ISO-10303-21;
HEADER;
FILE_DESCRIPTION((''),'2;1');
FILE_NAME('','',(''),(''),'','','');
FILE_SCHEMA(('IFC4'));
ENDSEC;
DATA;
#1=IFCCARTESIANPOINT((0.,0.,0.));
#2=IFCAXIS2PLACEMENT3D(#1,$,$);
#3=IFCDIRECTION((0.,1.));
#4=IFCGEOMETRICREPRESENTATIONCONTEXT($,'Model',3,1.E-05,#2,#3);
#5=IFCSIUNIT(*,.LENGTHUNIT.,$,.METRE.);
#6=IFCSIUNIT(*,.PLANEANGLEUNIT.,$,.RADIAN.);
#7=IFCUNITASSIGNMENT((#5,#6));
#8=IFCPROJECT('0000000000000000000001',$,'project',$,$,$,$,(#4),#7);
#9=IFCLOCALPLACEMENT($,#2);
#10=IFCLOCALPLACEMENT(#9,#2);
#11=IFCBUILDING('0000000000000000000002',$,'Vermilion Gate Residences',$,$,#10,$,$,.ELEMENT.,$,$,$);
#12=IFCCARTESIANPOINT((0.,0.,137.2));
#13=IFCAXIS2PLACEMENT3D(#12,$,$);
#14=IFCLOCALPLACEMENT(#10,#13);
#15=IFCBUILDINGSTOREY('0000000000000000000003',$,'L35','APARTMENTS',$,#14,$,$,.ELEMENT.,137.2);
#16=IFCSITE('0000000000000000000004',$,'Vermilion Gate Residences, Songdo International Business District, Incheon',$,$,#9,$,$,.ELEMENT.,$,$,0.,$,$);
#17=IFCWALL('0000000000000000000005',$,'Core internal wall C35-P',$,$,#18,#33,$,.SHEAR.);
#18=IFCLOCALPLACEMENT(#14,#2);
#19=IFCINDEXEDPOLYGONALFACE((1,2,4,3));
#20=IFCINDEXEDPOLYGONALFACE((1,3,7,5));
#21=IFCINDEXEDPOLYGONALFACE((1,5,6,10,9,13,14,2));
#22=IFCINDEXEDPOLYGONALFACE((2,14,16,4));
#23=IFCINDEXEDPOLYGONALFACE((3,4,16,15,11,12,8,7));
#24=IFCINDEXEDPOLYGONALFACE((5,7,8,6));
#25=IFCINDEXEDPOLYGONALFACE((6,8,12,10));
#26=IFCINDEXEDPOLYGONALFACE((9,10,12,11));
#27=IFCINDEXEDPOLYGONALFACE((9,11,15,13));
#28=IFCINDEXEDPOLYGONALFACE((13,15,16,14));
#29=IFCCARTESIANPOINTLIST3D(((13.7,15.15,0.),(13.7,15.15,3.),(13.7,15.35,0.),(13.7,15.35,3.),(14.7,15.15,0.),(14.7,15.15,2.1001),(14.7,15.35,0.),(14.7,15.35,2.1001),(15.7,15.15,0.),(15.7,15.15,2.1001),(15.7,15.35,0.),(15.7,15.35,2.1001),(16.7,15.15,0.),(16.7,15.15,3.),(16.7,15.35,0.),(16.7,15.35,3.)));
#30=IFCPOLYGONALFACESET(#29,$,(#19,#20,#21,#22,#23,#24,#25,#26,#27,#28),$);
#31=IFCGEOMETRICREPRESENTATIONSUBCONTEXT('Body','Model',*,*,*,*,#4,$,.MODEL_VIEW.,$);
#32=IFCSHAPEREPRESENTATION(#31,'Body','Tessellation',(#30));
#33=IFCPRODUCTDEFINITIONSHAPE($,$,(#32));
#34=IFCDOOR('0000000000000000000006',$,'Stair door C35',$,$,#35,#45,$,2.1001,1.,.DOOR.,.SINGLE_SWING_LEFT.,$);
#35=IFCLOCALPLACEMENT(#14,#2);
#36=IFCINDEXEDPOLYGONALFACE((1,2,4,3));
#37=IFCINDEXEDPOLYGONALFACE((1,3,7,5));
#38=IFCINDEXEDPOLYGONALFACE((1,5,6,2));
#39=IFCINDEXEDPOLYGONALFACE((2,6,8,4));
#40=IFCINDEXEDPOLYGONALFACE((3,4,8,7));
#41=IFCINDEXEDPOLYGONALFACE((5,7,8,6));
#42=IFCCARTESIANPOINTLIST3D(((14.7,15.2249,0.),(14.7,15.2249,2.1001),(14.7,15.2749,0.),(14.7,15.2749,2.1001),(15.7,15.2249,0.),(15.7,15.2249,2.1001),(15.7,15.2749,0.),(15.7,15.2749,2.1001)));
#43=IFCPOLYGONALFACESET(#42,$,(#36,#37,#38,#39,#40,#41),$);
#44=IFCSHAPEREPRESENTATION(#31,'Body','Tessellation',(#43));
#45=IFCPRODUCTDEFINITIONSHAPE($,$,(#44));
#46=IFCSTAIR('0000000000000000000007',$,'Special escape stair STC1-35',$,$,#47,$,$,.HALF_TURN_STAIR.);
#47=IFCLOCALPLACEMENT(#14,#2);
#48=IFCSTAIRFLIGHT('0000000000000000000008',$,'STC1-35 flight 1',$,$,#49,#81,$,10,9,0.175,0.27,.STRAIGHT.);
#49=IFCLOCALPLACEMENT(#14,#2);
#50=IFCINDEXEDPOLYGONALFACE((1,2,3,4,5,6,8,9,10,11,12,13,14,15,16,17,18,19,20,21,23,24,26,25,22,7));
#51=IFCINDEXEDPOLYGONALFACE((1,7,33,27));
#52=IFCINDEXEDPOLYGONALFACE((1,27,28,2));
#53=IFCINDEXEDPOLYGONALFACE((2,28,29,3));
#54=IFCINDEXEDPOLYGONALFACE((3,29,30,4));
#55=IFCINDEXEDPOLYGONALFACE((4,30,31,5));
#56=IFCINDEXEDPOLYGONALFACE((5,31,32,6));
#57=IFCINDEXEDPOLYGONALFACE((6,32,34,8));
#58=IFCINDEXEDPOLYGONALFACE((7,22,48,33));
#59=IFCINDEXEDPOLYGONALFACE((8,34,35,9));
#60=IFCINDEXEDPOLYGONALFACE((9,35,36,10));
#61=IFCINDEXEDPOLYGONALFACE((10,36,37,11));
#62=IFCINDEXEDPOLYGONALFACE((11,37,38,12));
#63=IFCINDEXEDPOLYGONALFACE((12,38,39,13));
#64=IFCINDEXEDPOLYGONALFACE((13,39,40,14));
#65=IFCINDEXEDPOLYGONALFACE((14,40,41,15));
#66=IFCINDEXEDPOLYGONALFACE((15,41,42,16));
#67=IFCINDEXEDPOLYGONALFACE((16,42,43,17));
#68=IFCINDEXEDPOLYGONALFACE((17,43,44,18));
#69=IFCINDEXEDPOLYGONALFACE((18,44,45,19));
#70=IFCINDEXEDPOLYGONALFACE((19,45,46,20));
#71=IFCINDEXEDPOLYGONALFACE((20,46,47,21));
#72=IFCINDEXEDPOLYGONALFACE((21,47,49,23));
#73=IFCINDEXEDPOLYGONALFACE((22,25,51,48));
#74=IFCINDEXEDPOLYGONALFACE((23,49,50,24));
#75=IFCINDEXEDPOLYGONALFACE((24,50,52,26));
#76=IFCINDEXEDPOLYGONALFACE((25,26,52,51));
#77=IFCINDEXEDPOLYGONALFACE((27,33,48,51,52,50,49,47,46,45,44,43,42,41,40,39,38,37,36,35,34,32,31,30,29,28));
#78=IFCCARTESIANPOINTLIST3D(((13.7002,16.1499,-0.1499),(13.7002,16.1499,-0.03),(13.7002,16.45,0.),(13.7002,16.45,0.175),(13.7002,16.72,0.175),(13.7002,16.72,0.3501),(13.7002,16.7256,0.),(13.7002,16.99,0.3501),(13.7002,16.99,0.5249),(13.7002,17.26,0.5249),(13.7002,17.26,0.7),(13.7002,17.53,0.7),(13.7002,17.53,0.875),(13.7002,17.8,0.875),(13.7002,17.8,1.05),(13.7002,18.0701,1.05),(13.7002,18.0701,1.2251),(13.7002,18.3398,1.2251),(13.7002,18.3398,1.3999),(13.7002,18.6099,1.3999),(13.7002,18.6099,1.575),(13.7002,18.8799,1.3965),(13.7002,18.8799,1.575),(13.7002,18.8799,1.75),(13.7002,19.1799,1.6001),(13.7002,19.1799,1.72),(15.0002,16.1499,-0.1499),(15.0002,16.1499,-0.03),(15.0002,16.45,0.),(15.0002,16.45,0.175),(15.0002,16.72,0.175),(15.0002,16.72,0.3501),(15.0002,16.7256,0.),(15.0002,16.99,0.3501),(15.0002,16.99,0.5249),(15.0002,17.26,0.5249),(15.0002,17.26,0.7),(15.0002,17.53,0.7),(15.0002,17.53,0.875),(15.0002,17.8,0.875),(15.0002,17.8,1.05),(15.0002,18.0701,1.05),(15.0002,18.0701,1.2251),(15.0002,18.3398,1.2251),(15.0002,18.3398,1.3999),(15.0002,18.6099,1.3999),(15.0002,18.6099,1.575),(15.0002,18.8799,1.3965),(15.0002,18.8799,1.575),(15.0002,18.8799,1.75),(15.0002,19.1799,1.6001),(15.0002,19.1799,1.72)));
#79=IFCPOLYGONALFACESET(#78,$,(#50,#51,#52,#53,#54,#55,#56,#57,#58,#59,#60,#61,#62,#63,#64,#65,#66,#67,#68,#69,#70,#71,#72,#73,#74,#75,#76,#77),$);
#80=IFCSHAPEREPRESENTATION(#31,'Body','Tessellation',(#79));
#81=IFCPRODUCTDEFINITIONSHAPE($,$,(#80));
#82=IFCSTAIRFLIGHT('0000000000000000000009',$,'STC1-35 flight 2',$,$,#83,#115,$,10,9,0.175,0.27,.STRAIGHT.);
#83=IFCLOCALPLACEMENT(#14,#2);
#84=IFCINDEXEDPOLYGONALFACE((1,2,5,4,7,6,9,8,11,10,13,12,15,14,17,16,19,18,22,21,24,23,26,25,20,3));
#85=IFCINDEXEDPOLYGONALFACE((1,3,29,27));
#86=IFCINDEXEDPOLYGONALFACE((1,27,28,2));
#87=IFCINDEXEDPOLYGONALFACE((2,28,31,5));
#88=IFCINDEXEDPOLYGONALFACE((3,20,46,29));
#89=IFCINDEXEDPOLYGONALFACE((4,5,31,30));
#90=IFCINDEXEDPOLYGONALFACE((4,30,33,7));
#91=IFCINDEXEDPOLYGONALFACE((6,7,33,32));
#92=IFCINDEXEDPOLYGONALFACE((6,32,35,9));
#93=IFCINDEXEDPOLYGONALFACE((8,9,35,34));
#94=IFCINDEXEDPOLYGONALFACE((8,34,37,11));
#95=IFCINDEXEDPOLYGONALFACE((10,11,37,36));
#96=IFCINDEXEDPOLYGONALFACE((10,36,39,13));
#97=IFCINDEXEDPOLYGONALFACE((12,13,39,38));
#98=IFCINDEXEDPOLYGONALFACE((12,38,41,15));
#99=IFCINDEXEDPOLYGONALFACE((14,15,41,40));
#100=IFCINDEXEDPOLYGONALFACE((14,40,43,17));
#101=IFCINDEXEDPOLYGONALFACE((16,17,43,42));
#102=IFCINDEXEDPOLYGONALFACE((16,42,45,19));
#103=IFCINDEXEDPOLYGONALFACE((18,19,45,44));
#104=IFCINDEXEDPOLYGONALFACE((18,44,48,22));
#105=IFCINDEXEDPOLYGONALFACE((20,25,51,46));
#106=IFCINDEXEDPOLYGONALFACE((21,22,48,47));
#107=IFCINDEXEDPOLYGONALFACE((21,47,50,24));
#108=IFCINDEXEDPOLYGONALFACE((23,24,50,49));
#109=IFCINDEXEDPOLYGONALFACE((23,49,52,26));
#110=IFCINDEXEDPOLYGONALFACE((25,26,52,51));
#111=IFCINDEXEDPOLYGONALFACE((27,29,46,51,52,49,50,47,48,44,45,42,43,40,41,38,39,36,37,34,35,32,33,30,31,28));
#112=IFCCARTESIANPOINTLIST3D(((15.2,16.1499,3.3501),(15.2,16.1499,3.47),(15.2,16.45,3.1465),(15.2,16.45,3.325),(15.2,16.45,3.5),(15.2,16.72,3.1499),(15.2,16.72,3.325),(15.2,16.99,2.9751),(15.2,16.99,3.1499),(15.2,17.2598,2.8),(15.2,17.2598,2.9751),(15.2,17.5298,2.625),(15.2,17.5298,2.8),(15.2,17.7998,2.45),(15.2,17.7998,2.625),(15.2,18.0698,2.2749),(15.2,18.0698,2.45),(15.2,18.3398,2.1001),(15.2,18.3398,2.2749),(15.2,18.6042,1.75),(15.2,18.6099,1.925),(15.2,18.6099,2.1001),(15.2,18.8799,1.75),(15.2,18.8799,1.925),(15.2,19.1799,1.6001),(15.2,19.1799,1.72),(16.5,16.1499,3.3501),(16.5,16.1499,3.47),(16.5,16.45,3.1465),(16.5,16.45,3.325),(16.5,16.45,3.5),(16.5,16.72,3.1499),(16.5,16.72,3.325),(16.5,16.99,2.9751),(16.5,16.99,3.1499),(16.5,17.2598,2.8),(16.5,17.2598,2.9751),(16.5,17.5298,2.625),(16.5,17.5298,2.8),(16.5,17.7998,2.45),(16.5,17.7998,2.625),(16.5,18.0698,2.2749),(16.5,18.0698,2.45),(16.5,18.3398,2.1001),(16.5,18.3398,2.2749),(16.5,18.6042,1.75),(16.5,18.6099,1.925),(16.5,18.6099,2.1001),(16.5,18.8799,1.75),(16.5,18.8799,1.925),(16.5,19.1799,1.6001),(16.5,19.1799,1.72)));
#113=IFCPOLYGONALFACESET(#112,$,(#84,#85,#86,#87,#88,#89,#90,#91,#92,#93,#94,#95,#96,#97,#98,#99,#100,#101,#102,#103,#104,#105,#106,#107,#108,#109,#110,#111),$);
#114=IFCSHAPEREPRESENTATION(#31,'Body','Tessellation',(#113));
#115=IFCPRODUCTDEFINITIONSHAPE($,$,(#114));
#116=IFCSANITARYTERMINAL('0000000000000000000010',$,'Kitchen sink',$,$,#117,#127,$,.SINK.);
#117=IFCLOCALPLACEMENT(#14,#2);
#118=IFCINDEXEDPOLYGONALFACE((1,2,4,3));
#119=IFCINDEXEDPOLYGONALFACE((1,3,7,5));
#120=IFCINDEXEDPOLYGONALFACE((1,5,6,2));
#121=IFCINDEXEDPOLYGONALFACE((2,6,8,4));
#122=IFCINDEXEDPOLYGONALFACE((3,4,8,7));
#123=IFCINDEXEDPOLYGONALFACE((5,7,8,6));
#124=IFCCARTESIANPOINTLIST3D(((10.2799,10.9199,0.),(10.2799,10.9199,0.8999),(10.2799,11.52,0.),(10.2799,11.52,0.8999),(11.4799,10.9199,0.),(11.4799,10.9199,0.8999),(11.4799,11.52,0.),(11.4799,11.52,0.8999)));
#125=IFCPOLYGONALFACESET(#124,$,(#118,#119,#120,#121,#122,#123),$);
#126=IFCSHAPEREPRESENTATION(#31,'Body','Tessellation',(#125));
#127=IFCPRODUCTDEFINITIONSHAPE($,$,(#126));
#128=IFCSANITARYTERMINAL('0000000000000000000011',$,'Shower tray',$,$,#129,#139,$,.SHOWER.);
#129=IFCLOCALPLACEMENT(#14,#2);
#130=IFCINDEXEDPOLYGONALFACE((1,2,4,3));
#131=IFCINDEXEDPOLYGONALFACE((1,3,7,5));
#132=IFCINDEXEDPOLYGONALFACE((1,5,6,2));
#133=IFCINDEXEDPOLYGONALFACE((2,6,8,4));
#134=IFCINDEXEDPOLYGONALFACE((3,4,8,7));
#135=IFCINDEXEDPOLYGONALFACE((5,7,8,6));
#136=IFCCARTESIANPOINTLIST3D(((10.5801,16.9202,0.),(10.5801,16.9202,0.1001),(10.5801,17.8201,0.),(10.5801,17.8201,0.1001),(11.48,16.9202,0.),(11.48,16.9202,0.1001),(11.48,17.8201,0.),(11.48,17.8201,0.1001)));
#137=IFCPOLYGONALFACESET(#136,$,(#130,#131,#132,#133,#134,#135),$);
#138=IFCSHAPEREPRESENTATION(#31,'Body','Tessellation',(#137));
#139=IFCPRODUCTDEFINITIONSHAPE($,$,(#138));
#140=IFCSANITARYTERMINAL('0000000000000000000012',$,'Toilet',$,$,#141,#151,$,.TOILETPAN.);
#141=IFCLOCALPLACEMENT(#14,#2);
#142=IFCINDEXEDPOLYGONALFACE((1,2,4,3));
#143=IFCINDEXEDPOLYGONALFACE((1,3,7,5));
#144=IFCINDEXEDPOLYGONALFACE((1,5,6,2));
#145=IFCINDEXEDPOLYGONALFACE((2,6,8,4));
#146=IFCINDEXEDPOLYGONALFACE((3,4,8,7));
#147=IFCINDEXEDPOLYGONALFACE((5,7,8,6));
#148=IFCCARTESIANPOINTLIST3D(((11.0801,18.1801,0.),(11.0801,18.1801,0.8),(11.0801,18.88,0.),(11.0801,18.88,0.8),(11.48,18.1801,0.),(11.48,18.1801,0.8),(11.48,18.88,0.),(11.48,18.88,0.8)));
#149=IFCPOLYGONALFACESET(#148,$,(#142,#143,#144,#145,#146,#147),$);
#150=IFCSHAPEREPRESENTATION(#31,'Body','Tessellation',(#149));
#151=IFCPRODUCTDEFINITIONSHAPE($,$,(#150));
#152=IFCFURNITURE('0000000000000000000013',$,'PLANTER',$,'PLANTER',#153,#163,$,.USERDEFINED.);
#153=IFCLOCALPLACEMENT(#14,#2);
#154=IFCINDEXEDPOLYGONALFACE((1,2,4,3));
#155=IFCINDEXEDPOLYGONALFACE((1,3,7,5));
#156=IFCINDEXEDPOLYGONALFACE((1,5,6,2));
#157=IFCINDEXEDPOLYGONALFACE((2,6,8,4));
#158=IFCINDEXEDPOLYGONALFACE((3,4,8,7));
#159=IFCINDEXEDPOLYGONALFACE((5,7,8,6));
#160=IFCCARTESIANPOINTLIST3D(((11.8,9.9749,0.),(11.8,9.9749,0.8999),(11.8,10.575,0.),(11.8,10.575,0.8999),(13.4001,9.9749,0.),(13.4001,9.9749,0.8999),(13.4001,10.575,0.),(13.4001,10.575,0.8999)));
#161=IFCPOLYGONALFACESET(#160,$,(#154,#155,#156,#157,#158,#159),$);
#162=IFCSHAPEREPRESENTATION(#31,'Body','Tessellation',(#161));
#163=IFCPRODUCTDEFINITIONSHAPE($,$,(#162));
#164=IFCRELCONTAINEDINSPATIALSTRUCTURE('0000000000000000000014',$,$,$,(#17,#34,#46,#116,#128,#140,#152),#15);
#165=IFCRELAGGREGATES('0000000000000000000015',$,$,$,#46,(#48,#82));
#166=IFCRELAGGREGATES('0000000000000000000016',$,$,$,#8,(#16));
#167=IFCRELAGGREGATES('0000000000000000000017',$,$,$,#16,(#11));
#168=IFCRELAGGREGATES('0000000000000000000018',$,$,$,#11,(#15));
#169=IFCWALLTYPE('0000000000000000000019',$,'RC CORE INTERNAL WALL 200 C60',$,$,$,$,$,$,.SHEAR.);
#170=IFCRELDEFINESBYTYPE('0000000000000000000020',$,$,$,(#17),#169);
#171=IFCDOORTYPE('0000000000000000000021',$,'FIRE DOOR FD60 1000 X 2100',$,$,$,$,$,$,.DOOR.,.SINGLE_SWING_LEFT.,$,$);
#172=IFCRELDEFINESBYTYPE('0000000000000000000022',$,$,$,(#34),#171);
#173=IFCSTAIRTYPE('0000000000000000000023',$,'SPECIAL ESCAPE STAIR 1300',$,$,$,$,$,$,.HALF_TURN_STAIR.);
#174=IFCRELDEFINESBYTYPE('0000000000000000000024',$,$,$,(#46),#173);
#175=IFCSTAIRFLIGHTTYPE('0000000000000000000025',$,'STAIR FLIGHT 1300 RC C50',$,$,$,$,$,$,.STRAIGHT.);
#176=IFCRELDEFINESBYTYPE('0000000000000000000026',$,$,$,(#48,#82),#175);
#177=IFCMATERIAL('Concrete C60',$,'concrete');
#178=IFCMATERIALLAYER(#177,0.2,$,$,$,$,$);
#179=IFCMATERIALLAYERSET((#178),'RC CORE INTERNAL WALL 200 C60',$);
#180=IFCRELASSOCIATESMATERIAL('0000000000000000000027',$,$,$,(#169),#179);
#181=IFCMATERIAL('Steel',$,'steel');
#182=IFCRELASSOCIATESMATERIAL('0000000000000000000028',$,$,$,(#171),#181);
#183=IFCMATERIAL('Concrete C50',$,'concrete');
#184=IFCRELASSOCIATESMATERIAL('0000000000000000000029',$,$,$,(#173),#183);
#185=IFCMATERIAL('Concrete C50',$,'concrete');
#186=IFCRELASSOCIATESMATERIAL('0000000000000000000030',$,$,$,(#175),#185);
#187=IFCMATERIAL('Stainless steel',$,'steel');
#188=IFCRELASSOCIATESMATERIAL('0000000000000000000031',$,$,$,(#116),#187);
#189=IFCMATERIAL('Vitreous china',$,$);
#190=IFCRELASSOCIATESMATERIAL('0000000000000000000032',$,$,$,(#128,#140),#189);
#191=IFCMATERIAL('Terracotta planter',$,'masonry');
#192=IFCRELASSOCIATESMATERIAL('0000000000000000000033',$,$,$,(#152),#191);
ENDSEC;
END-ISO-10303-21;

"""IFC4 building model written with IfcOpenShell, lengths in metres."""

from ifc_helpers import new_model, si_unit, direction, frame, frame_2d, origin, origin_2d, place, context, subcontext, project, spatial, polyline, rectangle, outline, extrude, material, layer, layer_set, type_object, element, fill, aggregate, save


model = new_model("IFC4")

# Units and contexts
model_context = context("Model", 3, precision=1e-05, world=origin(), true_north=direction((0.0, 1.0)))
body_context = subcontext(model_context, "Body", "Model", "MODEL_VIEW")
ifc_project = project(units=[si_unit("LENGTHUNIT", "METRE"), si_unit("PLANEANGLEUNIT", "RADIAN")], contexts=[model_context])

# Site, building, storey
site_placement = place(None, origin())
site = spatial("IfcSite", under=ifc_project, at=site_placement, Name="Vermilion Gate Residences, Songdo International Business District, Incheon", CompositionType="ELEMENT", RefElevation=0.0)
building_placement = place(site_placement, origin())
building = spatial("IfcBuilding", under=site, at=building_placement, Name="Vermilion Gate Residences", CompositionType="ELEMENT")
storey_placement = place(building_placement, frame((0.0, 0.0, 137.2)))
storey = spatial("IfcBuildingStorey", under=building, at=storey_placement, Name="L35", Description="APARTMENTS", CompositionType="ELEMENT", Elevation=137.2)

# Shared definitions
ifc_material_1 = material(Name="Concrete C60", Category="concrete")
ifc_layer_1 = layer(ifc_material_1, 0.2)
ifc_layer_set_1 = layer_set([ifc_layer_1], Name="RC CORE INTERNAL WALL 200 C60")
wall_type_1 = type_object("IfcWallType", Name="RC CORE INTERNAL WALL 200 C60", PredefinedType="SHEAR", material=ifc_layer_set_1)
ifc_material_2 = material(Name="Steel", Category="steel")
door_type_1 = type_object("IfcDoorType", Name="FIRE DOOR FD60 1000 X 2100", OperationType="SINGLE_SWING_LEFT", PredefinedType="DOOR", material=ifc_material_2)

# Wall, opening, door
wall_1_placement = place(storey_placement, frame((13.7, 15.25, 0.0), z_axis=(0.0, 0.0, 1.0), x_axis=(1.0, 0.0, 0.0)))
wall_1 = element("IfcWall", 1, at=wall_1_placement, inside=storey, type_object=wall_type_1, Name="Core internal wall C35-P", PredefinedType="SHEAR", context=body_context, shape_type="SweptSolid", body=[
    extrude(rectangle(XDim=3.0, YDim=0.2, at=frame_2d((1.5, 0.0))), origin(), (0.0, 0.0, 1.0), 3.0),
])
opening_1_placement = place(wall_1_placement, frame((1.0, 0.0, 0.0)))
opening_1 = element("IfcOpeningElement", 2, at=opening_1_placement, cuts=wall_1, PredefinedType="OPENING", context=body_context, shape_type="SweptSolid", body=[
    extrude(rectangle(XDim=1.0, YDim=2.1001, at=frame_2d((0.5, 1.05))), frame((0.0, 0.1099, 0.0), z_axis=(0.0, -1.0, 0.0), x_axis=(1.0, 0.0, 0.0)), (0.0, 0.0, 1.0), 0.22),
])
door_1_placement = place(opening_1_placement, origin())
door_1 = element("IfcDoor", 3, at=door_1_placement, inside=storey, type_object=door_type_1, Name="Stair door C35", OperationType="SINGLE_SWING_LEFT", OverallHeight=2.1001, OverallWidth=1.0, PredefinedType="DOOR", context=body_context, shape_type="SweptSolid", body=[
    extrude(rectangle(XDim=1.0, YDim=2.1001, at=frame_2d((0.5, 1.05))), frame((0.0, 0.0249, 0.0), z_axis=(0.0, -1.0, 0.0), x_axis=(1.0, 0.0, 0.0)), (0.0, 0.0, 1.0), 0.05),
])
fill(opening_1, door_1)

# Stair, stair flights
ifc_material_3 = material(Name="Concrete C50", Category="concrete")
stair_type = type_object("IfcStairType", Name="SPECIAL ESCAPE STAIR 1300", PredefinedType="HALF_TURN_STAIR", material=ifc_material_3)
stair_placement = place(storey_placement, origin())
stair = element("IfcStair", 4, at=stair_placement, inside=storey, type_object=stair_type, Name="Special escape stair STC1-35", PredefinedType="HALF_TURN_STAIR")
ifc_material_4 = material(Name="Concrete C50", Category="concrete")
stair_flight_type = type_object("IfcStairFlightType", Name="STAIR FLIGHT 1300 RC C50", PredefinedType="STRAIGHT", material=ifc_material_4)
stair_flight_1_placement = place(storey_placement, frame((14.3501, 16.45, 0.0), z_axis=(0.0, 0.0, 1.0), x_axis=(0.0, 1.0, 0.0)))
stair_flight_1 = element("IfcStairFlight", 5, at=stair_flight_1_placement, type_object=stair_flight_type, Name="STC1-35 flight 1", NumberOfRisers=10, NumberOfTreads=9, PredefinedType="STRAIGHT", RiserHeight=0.175, TreadLength=0.27, context=body_context, shape_type="SweptSolid", body=[
    extrude(outline(polyline([(-0.3, -0.1499), (-0.3, -0.03), (0.0, 0.0), (0.0, 0.175), (0.27, 0.175), (0.27, 0.3501), (0.54, 0.3501), (0.54, 0.5249), (0.8101, 0.5249), (0.8101, 0.7), (1.0801, 0.7), (1.0801, 0.875), (1.3501, 0.875), (1.3501, 1.05), (1.6201, 1.05), (1.6201, 1.2251), (1.8899, 1.2251), (1.8899, 1.3999), (2.1599, 1.3999), (2.1599, 1.575), (2.4299, 1.575), (2.4299, 1.75), (2.73, 1.72), (2.73, 1.6001), (2.4299, 1.3965), (0.2756, 0.0), (-0.3, -0.1499)])), frame((0.0, 0.6499, 0.0), z_axis=(0.0, -1.0, 0.0), x_axis=(1.0, 0.0, 0.0)), (0.0, 0.0, 1.0), 1.3),
])
stair_flight_2_placement = place(storey_placement, frame((15.8501, 18.8799, 1.75), z_axis=(0.0, 0.0, 1.0), x_axis=(0.0, -1.0, 0.0)))
stair_flight_2 = element("IfcStairFlight", 6, at=stair_flight_2_placement, type_object=stair_flight_type, Name="STC1-35 flight 2", NumberOfRisers=10, NumberOfTreads=9, PredefinedType="STRAIGHT", RiserHeight=0.175, TreadLength=0.27, context=body_context, shape_type="SweptSolid", body=[
    extrude(outline(polyline([(-0.3, -0.1499), (-0.3, -0.03), (0.0, 0.0), (0.0, 0.175), (0.27, 0.175), (0.27, 0.3501), (0.54, 0.3501), (0.54, 0.5249), (0.8101, 0.5249), (0.8101, 0.7), (1.0801, 0.7), (1.0801, 0.875), (1.3501, 0.875), (1.3501, 1.05), (1.6201, 1.05), (1.6201, 1.2251), (1.8899, 1.2251), (1.8899, 1.3999), (2.1599, 1.3999), (2.1599, 1.575), (2.4299, 1.575), (2.4299, 1.75), (2.73, 1.72), (2.73, 1.6001), (2.4299, 1.3965), (0.2756, 0.0), (-0.3, -0.1499)])), frame((0.0, 0.6499, 0.0), z_axis=(0.0, -1.0, 0.0), x_axis=(1.0, 0.0, 0.0)), (0.0, 0.0, 1.0), 1.3),
])
aggregate(stair, [stair_flight_1, stair_flight_2])

# Sanitary terminals
ifc_material_5 = material(Name="Stainless steel", Category="steel")
sanitary_terminal_1_placement = place(storey_placement, frame((10.8799, 11.22, 0.0), z_axis=(0.0, 0.0, 1.0), x_axis=(1.0, 0.0, 0.0)))
element("IfcSanitaryTerminal", 7, at=sanitary_terminal_1_placement, inside=storey, material=ifc_material_5, Name="Kitchen sink", PredefinedType="SINK", context=body_context, shape_type="SweptSolid", body=[
    extrude(rectangle(XDim=1.2, YDim=0.6001, at=origin_2d()), origin(), (0.0, 0.0, 1.0), 0.8999),
])
ifc_material_6 = material(Name="Vitreous china")
sanitary_terminal_2_placement = place(storey_placement, frame((11.03, 17.3701, 0.0), z_axis=(0.0, 0.0, 1.0), x_axis=(1.0, 0.0, 0.0)))
element("IfcSanitaryTerminal", 8, at=sanitary_terminal_2_placement, inside=storey, material=ifc_material_6, Name="Shower tray", PredefinedType="SHOWER", context=body_context, shape_type="SweptSolid", body=[
    extrude(rectangle(XDim=0.8999, YDim=0.8999, at=origin_2d()), origin(), (0.0, 0.0, 1.0), 0.1001),
])
sanitary_terminal_3_placement = place(storey_placement, frame((11.28, 18.53, 0.0), z_axis=(0.0, 0.0, 1.0), x_axis=(1.0, 0.0, 0.0)))
element("IfcSanitaryTerminal", 9, at=sanitary_terminal_3_placement, inside=storey, material=ifc_material_6, Name="Toilet", PredefinedType="TOILETPAN", context=body_context, shape_type="SweptSolid", body=[
    extrude(rectangle(XDim=0.3999, YDim=0.7, at=origin_2d()), origin(), (0.0, 0.0, 1.0), 0.8),
])

# Furniture
ifc_material_7 = material(Name="Terracotta planter", Category="masonry")
furniture_placement = place(storey_placement, frame((12.6001, 10.2749, 0.0), z_axis=(0.0, 0.0, 1.0), x_axis=(1.0, 0.0, 0.0)))
element("IfcFurniture", 10, at=furniture_placement, inside=storey, material=ifc_material_7, Name="PLANTER", ObjectType="PLANTER", PredefinedType="USERDEFINED", context=body_context, shape_type="SweptSolid", body=[
    extrude(rectangle(XDim=1.6001, YDim=0.6001, at=origin_2d()), origin(), (0.0, 0.0, 1.0), 0.8999),
])

save(model, "model.ifc")
